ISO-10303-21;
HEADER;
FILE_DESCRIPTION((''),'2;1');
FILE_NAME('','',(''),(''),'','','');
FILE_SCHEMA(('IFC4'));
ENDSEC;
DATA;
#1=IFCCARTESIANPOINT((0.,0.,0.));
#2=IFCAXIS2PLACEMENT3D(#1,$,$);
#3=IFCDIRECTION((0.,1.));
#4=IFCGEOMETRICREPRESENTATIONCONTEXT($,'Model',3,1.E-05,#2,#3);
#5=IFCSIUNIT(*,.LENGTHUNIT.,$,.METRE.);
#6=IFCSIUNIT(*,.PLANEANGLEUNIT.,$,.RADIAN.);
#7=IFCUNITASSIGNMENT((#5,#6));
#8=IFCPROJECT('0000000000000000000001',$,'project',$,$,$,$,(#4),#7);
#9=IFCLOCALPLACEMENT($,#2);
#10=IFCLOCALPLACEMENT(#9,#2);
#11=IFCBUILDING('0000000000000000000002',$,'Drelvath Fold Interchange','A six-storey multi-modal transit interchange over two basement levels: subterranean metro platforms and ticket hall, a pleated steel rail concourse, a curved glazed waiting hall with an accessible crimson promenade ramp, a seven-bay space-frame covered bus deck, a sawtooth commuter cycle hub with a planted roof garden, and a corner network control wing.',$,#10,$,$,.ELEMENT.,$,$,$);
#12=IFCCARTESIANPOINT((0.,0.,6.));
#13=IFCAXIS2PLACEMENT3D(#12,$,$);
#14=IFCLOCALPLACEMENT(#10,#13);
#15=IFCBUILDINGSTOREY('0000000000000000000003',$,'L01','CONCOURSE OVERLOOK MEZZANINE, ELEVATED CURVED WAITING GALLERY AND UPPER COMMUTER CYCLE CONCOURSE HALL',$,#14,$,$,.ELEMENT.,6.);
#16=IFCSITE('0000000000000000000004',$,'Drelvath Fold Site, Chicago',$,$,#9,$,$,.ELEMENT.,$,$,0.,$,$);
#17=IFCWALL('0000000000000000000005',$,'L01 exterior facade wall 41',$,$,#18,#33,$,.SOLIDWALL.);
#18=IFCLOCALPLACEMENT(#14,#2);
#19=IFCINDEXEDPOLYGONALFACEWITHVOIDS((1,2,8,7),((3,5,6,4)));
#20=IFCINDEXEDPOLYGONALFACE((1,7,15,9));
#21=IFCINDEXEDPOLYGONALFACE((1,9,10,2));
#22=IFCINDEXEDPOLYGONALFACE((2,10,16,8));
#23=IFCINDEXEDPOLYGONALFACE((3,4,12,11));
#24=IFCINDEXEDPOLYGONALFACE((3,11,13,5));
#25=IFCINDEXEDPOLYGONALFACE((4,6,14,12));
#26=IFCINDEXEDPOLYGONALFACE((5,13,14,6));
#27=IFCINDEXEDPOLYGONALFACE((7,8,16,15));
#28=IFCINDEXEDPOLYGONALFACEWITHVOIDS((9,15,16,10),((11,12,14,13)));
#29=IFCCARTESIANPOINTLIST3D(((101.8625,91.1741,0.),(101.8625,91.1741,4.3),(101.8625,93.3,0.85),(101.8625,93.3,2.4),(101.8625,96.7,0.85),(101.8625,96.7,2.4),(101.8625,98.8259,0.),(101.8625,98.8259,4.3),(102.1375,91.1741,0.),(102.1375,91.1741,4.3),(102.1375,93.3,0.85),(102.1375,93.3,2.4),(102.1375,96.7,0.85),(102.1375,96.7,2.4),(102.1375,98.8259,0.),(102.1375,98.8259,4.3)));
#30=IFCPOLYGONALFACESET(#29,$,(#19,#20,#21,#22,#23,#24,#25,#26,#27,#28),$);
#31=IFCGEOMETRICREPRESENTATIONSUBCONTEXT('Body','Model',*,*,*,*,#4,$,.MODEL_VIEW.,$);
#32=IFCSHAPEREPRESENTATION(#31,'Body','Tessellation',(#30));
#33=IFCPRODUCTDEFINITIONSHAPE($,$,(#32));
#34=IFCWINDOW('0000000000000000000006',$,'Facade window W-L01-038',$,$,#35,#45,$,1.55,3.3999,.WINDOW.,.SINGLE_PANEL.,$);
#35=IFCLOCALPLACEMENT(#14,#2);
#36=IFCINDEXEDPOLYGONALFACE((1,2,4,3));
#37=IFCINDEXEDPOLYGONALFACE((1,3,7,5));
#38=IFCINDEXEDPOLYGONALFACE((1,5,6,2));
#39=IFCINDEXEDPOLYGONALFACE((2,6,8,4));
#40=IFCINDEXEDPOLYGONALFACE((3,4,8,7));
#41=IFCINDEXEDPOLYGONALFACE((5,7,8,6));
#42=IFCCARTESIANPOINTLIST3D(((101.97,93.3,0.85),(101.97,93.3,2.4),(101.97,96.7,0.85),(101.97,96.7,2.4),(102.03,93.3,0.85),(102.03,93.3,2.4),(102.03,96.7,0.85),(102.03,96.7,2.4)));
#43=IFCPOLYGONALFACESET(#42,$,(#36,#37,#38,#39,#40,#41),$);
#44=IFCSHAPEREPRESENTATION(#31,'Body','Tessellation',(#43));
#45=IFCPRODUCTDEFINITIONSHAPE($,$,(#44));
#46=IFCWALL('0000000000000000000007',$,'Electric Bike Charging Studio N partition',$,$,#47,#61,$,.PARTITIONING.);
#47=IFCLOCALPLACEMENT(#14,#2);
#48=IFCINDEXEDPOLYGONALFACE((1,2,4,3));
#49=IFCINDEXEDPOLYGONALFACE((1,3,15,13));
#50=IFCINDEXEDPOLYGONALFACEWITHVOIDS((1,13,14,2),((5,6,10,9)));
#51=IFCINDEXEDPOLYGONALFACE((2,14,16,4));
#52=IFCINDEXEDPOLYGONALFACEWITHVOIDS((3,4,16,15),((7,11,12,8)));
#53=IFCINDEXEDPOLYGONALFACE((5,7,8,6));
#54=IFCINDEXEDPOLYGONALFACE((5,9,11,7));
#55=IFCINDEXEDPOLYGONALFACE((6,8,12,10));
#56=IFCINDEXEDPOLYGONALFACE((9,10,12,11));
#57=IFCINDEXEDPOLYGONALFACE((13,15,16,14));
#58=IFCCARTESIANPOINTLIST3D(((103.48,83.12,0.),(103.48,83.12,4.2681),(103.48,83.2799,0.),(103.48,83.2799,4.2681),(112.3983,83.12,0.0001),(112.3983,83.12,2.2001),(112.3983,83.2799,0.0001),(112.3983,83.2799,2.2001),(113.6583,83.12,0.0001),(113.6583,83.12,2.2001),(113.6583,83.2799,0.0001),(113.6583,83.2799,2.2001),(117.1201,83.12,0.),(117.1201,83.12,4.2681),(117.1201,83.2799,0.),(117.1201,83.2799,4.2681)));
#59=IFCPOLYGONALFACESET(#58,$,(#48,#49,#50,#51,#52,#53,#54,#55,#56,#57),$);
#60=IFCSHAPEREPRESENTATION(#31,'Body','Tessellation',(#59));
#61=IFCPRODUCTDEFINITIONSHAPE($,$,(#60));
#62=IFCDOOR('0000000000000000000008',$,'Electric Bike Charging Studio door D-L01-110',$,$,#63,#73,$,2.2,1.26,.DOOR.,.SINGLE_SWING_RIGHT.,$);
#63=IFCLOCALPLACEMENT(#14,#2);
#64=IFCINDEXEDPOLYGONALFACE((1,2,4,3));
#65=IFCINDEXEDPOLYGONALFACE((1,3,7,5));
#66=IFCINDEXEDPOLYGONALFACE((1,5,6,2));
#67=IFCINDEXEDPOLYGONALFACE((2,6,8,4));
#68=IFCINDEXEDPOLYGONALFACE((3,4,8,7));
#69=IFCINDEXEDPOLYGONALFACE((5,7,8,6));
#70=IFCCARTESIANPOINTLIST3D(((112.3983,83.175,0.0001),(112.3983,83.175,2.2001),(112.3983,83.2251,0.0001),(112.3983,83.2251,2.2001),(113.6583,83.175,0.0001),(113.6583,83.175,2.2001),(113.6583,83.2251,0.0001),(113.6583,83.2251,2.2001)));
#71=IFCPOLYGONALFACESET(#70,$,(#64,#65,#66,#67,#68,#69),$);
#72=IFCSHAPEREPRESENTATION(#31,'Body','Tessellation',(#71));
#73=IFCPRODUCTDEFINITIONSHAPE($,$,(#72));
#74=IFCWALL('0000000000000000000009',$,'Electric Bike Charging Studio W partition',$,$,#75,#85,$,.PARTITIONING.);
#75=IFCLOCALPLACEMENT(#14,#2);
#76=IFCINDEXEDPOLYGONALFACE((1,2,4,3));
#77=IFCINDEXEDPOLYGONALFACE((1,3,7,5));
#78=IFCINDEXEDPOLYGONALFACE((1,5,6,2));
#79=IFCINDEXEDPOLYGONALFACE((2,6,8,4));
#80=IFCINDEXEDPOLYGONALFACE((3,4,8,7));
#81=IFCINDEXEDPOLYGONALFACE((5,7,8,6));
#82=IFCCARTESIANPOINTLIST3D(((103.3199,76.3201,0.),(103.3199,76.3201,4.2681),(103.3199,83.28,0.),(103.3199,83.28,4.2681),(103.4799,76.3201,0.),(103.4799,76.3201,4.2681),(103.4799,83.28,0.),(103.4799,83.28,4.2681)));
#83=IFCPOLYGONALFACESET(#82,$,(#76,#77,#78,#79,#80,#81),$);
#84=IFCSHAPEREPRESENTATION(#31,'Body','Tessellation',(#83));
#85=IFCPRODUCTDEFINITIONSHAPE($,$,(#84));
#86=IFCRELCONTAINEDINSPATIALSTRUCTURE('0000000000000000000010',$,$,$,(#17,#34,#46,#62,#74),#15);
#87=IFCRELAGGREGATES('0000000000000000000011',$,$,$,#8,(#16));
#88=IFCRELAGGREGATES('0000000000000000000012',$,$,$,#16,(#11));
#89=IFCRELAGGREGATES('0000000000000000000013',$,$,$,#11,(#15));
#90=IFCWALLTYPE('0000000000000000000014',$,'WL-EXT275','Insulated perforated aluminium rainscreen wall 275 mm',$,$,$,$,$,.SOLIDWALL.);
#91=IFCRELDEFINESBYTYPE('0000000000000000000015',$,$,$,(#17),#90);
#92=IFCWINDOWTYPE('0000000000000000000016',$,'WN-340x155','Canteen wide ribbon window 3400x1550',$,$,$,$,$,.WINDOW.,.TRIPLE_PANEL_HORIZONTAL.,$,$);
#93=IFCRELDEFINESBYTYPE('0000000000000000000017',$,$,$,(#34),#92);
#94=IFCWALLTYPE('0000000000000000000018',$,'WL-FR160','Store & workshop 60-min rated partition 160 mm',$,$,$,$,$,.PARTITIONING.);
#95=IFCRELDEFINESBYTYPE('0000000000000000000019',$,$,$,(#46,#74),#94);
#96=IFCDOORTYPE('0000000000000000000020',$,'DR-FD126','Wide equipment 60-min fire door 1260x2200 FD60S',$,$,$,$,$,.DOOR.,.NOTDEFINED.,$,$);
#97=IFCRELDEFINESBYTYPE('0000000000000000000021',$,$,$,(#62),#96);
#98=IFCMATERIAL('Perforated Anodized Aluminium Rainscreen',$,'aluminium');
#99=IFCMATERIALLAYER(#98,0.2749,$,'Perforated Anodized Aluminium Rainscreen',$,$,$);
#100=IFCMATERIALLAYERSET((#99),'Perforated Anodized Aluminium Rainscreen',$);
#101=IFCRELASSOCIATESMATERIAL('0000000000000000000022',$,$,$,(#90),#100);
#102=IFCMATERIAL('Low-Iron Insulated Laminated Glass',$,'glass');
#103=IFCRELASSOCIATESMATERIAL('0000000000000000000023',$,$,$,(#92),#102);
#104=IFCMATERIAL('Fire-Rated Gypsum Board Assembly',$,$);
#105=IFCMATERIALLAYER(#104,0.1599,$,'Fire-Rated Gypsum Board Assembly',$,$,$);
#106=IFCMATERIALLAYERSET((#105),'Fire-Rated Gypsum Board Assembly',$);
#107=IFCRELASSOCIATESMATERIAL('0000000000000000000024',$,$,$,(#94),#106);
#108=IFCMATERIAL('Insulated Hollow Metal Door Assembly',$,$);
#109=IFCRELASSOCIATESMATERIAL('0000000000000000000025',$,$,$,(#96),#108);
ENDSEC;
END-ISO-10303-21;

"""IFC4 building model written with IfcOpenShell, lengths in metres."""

from ifc_helpers import new_model, si_unit, direction, frame, frame_2d, origin, place, context, subcontext, project, spatial, rectangle, extrude, material, layer, layer_set, type_object, element, fill, save


model = new_model("IFC4")

# Units and contexts
model_context = context("Model", 3, precision=1e-05, world=origin(), true_north=direction((0.0, 1.0)))
body_context = subcontext(model_context, "Body", "Model", "MODEL_VIEW")
ifc_project = project(units=[si_unit("LENGTHUNIT", "METRE"), si_unit("PLANEANGLEUNIT", "RADIAN")], contexts=[model_context])

# Site, building, storey
site_placement = place(None, origin())
site = spatial("IfcSite", under=ifc_project, at=site_placement, Name="Drelvath Fold Site, Chicago", CompositionType="ELEMENT", RefElevation=0.0)
building_placement = place(site_placement, origin())
building = spatial("IfcBuilding", under=site, at=building_placement, Name="Drelvath Fold Interchange", Description="A six-storey multi-modal transit interchange over two basement levels: subterranean metro platforms and ticket hall, a pleated steel rail concourse, a curved glazed waiting hall with an accessible crimson promenade ramp, a seven-bay space-frame covered bus deck, a sawtooth commuter cycle hub with a planted roof garden, and a corner network control wing.", CompositionType="ELEMENT")
storey_placement = place(building_placement, frame((0.0, 0.0, 6.0)))
storey = spatial("IfcBuildingStorey", under=building, at=storey_placement, Name="L01", Description="CONCOURSE OVERLOOK MEZZANINE, ELEVATED CURVED WAITING GALLERY AND UPPER COMMUTER CYCLE CONCOURSE HALL", CompositionType="ELEMENT", Elevation=6.0)

# Wall, opening, window
ifc_material_1 = material(Name="Perforated Anodized Aluminium Rainscreen", Category="aluminium")
ifc_layer_1 = layer(ifc_material_1, 0.2749, Name="Perforated Anodized Aluminium Rainscreen")
ifc_layer_set_1 = layer_set([ifc_layer_1], Name="Perforated Anodized Aluminium Rainscreen")
wall_type_1 = type_object("IfcWallType", Name="WL-EXT275", Description="Insulated perforated aluminium rainscreen wall 275 mm", PredefinedType="SOLIDWALL", material=ifc_layer_set_1)
ifc_material_2 = material(Name="Low-Iron Insulated Laminated Glass", Category="glass")
wall_1_placement = place(storey_placement, frame((102.0, 91.1741, 0.0), z_axis=(0.0, 0.0, 1.0), x_axis=(0.0, 1.0, 0.0)))
wall_1 = element("IfcWall", 1, at=wall_1_placement, inside=storey, type_object=wall_type_1, Name="L01 exterior facade wall 41", PredefinedType="SOLIDWALL", context=body_context, shape_type="SweptSolid", body=[
    extrude(rectangle(XDim=7.6519, YDim=0.2749, at=frame_2d((3.8259, 0.0))), origin(), (0.0, 0.0, 1.0), 4.3),
])
opening_1_placement = place(wall_1_placement, frame((2.126, 0.0, 0.8501)))
opening_1 = element("IfcOpeningElement", 2, at=opening_1_placement, cuts=wall_1, PredefinedType="OPENING", context=body_context, shape_type="SweptSolid", body=[
    extrude(rectangle(XDim=3.3999, YDim=1.55, at=frame_2d((1.7, 0.7749))), frame((0.0, 0.1475, 0.0), z_axis=(0.0, -1.0, 0.0), x_axis=(1.0, 0.0, 0.0)), (0.0, 0.0, 1.0), 0.2949),
])
window_type_1 = type_object("IfcWindowType", Name="WN-340x155", Description="Canteen wide ribbon window 3400x1550", PartitioningType="TRIPLE_PANEL_HORIZONTAL", PredefinedType="WINDOW", material=ifc_material_2)
window_1_placement = place(opening_1_placement, origin())
window_1 = element("IfcWindow", 3, at=window_1_placement, inside=storey, type_object=window_type_1, Name="Facade window W-L01-038", OverallHeight=1.55, OverallWidth=3.3999, PartitioningType="SINGLE_PANEL", PredefinedType="WINDOW", context=body_context, shape_type="SweptSolid", body=[
    extrude(rectangle(XDim=3.3999, YDim=1.55, at=frame_2d((1.7, 0.7749))), frame((0.0, 0.03, 0.0), z_axis=(0.0, -1.0, 0.0), x_axis=(1.0, 0.0, 0.0)), (0.0, 0.0, 1.0), 0.0601),
])
fill(opening_1, window_1)

# Wall, opening, door
ifc_material_3 = material(Name="Fire-Rated Gypsum Board Assembly")
ifc_layer_2 = layer(ifc_material_3, 0.1599, Name="Fire-Rated Gypsum Board Assembly")
ifc_layer_set_2 = layer_set([ifc_layer_2], Name="Fire-Rated Gypsum Board Assembly")
wall_type_2 = type_object("IfcWallType", Name="WL-FR160", Description="Store & workshop 60-min rated partition 160 mm", PredefinedType="PARTITIONING", material=ifc_layer_set_2)
wall_2_placement = place(storey_placement, frame((117.1201, 83.2, 0.0), z_axis=(0.0, 0.0, 1.0), x_axis=(-1.0, 0.0, 0.0)))
wall_2 = element("IfcWall", 4, at=wall_2_placement, inside=storey, type_object=wall_type_2, Name="Electric Bike Charging Studio N partition", PredefinedType="PARTITIONING", context=body_context, shape_type="SweptSolid", body=[
    extrude(rectangle(XDim=13.6401, YDim=0.1599, at=frame_2d((6.8201, 0.0))), origin(), (0.0, 0.0, 1.0), 4.2681),
])
opening_2_placement = place(wall_2_placement, frame((3.4619, 0.0, 0.0)))
opening_2 = element("IfcOpeningElement", 5, at=opening_2_placement, cuts=wall_2, PredefinedType="OPENING", context=body_context, shape_type="SweptSolid", body=[
    extrude(rectangle(XDim=1.26, YDim=2.2, at=frame_2d((0.6299, 1.1001))), frame((0.0, 0.0898, 0.0), z_axis=(0.0, -1.0, 0.0), x_axis=(1.0, 0.0, 0.0)), (0.0, 0.0, 1.0), 0.1799),
])
ifc_material_4 = material(Name="Insulated Hollow Metal Door Assembly")
door_type = type_object("IfcDoorType", Name="DR-FD126", Description="Wide equipment 60-min fire door 1260x2200 FD60S", OperationType="NOTDEFINED", PredefinedType="DOOR", material=ifc_material_4)
door_placement = place(opening_2_placement, origin())
door = element("IfcDoor", 6, at=door_placement, inside=storey, type_object=door_type, Name="Electric Bike Charging Studio door D-L01-110", OperationType="SINGLE_SWING_RIGHT", OverallHeight=2.2, OverallWidth=1.26, PredefinedType="DOOR", context=body_context, shape_type="SweptSolid", body=[
    extrude(rectangle(XDim=1.26, YDim=2.2, at=frame_2d((0.6299, 1.1001))), frame((0.0, 0.0249, 0.0), z_axis=(0.0, -1.0, 0.0), x_axis=(1.0, 0.0, 0.0)), (0.0, 0.0, 1.0), 0.05),
])
fill(opening_2, door)

# Wall
wall_3_placement = place(storey_placement, frame((103.3999, 83.28, 0.0), z_axis=(0.0, 0.0, 1.0), x_axis=(0.0, -1.0, 0.0)))
element("IfcWall", 7, at=wall_3_placement, inside=storey, type_object=wall_type_2, Name="Electric Bike Charging Studio W partition", PredefinedType="PARTITIONING", context=body_context, shape_type="SweptSolid", body=[
    extrude(rectangle(XDim=6.96, YDim=0.1599, at=frame_2d((3.48, 0.0))), origin(), (0.0, 0.0, 1.0), 4.2681),
])

save(model, "model.ifc")
